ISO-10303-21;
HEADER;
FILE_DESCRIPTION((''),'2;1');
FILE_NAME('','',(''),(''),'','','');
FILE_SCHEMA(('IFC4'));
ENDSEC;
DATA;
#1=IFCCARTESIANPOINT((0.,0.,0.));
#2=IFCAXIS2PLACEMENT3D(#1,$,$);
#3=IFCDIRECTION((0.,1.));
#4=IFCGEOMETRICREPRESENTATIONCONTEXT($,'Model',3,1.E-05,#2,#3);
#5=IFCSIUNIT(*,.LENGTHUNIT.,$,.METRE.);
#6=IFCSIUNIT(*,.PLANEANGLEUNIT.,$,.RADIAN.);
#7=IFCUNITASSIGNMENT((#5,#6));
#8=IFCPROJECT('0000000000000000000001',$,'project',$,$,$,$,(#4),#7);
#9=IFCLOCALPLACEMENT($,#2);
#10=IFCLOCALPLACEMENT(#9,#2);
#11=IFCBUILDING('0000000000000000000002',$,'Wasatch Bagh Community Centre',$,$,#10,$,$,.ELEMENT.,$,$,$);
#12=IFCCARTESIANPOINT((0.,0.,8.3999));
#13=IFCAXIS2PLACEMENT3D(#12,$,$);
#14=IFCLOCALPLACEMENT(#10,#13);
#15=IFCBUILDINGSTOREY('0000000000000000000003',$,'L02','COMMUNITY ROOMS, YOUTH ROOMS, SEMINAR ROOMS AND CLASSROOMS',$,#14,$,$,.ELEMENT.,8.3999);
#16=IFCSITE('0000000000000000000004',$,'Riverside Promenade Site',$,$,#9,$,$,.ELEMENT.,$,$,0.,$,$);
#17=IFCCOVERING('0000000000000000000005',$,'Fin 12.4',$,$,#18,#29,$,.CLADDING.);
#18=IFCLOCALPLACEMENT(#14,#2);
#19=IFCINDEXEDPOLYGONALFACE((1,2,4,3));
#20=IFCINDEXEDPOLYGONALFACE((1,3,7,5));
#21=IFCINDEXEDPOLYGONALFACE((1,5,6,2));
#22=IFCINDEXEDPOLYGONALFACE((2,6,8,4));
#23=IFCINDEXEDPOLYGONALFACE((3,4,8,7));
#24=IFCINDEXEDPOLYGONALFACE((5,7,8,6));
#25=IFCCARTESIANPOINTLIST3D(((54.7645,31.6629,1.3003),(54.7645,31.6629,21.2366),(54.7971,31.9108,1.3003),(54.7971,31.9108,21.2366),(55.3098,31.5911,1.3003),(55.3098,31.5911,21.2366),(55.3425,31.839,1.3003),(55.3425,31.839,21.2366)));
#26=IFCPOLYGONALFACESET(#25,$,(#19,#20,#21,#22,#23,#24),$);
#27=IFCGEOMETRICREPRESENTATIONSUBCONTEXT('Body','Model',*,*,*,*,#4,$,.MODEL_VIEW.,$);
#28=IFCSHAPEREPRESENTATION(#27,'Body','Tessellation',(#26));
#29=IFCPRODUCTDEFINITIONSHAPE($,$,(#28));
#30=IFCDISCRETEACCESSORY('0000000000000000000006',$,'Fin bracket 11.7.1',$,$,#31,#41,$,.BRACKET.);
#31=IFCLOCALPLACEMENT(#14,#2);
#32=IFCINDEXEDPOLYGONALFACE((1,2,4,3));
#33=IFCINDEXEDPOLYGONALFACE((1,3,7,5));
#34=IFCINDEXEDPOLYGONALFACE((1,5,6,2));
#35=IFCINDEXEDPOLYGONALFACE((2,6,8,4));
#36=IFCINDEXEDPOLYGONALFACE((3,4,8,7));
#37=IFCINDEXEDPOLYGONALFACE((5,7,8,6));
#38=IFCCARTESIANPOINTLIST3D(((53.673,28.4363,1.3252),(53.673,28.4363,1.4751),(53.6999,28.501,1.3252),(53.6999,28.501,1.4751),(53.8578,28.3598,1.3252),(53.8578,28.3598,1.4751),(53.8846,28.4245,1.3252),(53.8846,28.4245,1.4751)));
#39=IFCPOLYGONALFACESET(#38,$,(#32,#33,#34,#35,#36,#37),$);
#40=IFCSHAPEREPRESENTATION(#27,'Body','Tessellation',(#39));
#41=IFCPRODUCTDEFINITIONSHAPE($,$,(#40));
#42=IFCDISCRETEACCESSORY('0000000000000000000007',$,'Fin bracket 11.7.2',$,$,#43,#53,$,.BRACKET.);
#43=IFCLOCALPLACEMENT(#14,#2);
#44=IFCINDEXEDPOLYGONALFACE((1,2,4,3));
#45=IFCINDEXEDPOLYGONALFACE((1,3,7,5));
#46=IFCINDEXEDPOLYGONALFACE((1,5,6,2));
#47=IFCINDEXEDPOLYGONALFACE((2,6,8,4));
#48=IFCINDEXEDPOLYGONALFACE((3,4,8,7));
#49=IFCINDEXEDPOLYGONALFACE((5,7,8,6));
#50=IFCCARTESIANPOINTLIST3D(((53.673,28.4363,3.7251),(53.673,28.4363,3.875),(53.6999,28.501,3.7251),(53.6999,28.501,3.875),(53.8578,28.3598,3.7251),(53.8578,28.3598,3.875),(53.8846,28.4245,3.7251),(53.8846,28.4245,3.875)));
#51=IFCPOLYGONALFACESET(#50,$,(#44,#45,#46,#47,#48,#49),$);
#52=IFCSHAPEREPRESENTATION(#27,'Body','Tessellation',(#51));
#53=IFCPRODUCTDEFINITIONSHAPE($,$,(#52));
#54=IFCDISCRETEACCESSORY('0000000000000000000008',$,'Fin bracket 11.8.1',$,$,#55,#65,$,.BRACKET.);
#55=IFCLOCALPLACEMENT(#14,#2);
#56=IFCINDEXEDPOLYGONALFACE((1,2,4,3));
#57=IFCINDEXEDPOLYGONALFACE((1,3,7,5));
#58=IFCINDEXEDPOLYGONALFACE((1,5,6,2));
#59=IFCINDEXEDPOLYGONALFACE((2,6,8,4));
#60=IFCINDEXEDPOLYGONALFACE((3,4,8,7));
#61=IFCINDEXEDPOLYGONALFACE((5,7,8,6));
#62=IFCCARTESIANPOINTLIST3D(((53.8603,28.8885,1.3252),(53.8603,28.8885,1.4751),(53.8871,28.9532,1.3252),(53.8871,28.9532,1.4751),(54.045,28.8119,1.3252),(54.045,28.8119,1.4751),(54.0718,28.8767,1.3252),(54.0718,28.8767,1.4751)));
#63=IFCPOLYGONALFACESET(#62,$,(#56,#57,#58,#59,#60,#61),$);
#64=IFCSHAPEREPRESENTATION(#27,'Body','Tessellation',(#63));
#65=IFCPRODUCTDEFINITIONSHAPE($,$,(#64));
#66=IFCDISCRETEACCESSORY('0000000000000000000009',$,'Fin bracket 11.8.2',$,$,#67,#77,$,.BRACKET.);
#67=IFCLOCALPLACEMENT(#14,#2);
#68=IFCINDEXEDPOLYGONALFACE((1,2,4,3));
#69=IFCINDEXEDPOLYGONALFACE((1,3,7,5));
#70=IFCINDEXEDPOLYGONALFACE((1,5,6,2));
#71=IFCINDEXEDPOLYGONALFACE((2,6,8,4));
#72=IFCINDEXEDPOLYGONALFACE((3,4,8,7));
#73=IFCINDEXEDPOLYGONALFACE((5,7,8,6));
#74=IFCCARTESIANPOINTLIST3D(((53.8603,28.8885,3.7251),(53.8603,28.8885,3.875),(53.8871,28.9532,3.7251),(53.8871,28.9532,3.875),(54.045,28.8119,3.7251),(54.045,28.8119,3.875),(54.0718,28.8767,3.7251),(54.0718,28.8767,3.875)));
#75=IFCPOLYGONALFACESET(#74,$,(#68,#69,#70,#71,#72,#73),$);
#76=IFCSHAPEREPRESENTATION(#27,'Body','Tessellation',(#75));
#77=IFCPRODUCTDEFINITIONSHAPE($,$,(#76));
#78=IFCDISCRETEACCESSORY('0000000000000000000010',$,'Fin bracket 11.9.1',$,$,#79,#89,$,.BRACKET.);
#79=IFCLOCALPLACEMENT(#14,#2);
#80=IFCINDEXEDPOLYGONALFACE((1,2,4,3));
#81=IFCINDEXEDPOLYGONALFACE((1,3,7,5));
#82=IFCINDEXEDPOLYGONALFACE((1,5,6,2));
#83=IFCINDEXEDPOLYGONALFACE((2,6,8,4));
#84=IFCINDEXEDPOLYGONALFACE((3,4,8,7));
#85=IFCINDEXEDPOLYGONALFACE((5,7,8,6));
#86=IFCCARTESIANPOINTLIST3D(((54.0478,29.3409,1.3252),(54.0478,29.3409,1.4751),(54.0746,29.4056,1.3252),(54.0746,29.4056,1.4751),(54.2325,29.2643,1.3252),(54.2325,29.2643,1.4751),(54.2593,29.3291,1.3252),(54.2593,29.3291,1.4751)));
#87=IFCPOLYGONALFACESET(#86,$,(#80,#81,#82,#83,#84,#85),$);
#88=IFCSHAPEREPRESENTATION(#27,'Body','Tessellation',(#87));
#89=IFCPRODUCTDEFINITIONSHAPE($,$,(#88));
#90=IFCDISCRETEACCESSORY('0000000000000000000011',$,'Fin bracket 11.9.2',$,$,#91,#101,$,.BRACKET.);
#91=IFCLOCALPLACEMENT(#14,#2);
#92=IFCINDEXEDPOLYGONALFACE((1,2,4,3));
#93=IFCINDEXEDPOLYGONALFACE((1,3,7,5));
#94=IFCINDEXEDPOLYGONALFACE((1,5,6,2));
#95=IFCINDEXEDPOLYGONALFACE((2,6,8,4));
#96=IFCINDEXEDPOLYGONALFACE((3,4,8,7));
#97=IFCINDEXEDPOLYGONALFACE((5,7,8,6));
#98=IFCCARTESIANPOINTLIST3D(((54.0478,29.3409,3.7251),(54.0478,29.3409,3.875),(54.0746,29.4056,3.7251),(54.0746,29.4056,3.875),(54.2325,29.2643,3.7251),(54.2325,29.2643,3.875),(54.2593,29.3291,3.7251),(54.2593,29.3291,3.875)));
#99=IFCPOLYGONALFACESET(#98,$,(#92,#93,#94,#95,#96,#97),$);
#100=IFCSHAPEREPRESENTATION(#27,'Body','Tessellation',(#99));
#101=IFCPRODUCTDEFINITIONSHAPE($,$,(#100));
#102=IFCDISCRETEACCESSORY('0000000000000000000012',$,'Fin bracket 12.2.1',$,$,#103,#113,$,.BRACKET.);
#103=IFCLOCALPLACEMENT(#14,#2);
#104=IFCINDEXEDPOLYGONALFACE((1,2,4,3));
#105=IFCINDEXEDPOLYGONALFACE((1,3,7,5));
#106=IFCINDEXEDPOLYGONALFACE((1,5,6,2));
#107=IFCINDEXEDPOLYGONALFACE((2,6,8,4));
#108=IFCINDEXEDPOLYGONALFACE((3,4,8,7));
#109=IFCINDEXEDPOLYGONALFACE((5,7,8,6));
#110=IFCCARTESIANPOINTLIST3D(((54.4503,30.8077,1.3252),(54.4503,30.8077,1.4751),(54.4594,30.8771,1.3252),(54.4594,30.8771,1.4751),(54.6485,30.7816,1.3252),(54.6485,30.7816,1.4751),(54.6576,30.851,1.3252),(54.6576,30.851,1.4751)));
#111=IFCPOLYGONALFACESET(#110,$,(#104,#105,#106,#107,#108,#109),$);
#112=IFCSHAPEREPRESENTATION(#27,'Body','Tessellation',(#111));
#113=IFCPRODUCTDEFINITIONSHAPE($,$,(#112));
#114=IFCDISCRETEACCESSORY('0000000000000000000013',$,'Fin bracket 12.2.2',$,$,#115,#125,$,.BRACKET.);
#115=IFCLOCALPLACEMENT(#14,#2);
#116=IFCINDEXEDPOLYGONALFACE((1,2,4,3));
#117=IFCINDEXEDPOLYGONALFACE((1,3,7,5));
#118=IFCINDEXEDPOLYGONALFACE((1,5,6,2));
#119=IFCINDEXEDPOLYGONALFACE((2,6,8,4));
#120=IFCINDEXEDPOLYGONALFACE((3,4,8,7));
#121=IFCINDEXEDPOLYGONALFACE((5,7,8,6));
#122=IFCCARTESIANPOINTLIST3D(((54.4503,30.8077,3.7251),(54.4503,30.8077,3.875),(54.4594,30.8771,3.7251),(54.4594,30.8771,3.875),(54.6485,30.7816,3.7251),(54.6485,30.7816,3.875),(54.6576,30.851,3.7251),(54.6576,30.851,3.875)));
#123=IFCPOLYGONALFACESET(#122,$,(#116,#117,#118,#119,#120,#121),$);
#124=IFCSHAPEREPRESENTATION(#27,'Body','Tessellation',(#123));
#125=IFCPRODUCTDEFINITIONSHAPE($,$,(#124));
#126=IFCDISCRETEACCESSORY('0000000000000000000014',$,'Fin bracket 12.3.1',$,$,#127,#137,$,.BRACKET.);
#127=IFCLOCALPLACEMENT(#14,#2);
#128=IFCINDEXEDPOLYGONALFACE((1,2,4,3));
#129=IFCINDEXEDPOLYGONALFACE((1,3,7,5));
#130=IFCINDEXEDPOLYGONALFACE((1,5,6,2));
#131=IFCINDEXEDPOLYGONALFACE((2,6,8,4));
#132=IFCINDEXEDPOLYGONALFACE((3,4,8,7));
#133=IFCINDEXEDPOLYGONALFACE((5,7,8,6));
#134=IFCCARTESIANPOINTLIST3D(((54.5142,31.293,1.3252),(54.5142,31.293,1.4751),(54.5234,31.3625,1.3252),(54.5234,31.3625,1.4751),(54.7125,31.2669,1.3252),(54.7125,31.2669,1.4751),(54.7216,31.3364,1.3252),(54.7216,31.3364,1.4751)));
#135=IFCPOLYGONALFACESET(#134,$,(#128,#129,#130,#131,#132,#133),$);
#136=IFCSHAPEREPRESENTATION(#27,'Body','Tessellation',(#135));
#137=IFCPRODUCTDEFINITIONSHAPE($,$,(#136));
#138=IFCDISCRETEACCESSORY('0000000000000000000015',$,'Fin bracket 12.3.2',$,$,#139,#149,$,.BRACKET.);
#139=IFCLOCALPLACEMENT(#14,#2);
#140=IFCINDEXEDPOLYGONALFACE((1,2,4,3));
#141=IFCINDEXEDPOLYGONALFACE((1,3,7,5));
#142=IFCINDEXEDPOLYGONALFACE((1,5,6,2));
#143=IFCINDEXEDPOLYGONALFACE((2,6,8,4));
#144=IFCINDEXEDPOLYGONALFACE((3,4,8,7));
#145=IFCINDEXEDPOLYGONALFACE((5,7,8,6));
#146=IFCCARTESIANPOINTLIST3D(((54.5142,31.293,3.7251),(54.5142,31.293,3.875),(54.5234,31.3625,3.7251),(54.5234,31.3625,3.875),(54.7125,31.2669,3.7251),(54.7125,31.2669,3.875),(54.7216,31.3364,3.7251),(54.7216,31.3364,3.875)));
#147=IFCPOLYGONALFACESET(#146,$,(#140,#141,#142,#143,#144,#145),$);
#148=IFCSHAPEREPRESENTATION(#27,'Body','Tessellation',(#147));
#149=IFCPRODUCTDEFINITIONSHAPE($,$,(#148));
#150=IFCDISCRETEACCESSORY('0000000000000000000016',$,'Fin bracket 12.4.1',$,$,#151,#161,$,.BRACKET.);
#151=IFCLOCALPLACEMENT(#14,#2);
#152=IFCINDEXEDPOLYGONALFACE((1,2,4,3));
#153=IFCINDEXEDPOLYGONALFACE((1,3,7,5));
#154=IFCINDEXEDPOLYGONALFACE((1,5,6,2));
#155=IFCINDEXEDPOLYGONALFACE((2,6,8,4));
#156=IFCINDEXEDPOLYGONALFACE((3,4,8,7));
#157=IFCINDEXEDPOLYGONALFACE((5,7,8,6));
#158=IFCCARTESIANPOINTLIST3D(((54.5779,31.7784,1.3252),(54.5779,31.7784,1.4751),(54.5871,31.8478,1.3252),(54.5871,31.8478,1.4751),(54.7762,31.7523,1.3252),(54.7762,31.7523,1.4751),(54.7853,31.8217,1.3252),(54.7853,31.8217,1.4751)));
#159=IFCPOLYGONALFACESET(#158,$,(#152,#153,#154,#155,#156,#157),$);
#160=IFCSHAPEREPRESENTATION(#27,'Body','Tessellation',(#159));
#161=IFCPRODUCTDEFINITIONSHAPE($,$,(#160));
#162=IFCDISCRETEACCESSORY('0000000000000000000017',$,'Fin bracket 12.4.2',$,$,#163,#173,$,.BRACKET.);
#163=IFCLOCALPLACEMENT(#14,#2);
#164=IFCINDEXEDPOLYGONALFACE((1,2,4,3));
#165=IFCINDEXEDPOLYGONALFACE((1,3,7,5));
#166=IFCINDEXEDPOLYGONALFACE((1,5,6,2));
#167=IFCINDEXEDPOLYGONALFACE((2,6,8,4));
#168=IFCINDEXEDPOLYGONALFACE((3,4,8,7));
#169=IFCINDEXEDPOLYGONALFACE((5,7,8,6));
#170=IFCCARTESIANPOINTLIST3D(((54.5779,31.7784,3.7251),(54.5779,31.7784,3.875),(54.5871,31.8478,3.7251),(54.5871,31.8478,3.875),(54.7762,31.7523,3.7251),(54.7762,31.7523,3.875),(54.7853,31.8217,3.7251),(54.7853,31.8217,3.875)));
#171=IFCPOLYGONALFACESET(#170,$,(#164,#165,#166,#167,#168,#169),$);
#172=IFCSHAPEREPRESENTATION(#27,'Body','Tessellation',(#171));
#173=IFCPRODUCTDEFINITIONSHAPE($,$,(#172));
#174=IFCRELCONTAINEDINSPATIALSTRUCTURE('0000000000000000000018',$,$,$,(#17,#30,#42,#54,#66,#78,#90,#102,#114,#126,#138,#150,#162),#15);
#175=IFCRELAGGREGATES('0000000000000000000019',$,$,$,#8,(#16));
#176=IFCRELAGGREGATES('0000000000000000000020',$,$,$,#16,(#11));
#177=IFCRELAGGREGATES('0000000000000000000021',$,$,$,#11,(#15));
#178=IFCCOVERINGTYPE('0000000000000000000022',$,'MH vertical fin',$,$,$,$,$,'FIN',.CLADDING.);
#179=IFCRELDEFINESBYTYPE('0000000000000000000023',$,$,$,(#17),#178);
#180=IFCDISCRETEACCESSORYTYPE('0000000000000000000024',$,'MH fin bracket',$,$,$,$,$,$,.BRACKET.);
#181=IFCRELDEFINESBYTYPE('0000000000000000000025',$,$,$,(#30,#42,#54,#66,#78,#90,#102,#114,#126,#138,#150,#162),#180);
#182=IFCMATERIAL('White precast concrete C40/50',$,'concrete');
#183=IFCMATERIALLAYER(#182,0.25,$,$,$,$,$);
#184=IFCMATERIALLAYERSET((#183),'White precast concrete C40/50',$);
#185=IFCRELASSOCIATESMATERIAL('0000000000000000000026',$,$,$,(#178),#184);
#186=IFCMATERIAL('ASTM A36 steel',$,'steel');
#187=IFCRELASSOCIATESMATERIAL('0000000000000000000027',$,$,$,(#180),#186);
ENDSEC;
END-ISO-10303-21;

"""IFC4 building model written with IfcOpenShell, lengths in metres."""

from ifc_helpers import new_model, si_unit, direction, frame, origin, origin_2d, place, context, subcontext, project, spatial, rectangle, extrude, material, layer, layer_set, type_object, element, save


model = new_model("IFC4")

# Units and contexts
model_context = context("Model", 3, precision=1e-05, world=origin(), true_north=direction((0.0, 1.0)))
body_context = subcontext(model_context, "Body", "Model", "MODEL_VIEW")
ifc_project = project(units=[si_unit("LENGTHUNIT", "METRE"), si_unit("PLANEANGLEUNIT", "RADIAN")], contexts=[model_context])

# Site, building, storey
site_placement = place(None, origin())
site = spatial("IfcSite", under=ifc_project, at=site_placement, Name="Riverside Promenade Site", CompositionType="ELEMENT", RefElevation=0.0)
building_placement = place(site_placement, origin())
building = spatial("IfcBuilding", under=site, at=building_placement, Name="Wasatch Bagh Community Centre", CompositionType="ELEMENT")
storey_placement = place(building_placement, frame((0.0, 0.0, 8.3999)))
storey = spatial("IfcBuildingStorey", under=building, at=storey_placement, Name="L02", Description="COMMUNITY ROOMS, YOUTH ROOMS, SEMINAR ROOMS AND CLASSROOMS", CompositionType="ELEMENT", Elevation=8.3999)

# Covering
ifc_material_1 = material(Name="White precast concrete C40/50", Category="concrete")
ifc_layer_1 = layer(ifc_material_1, 0.25)
ifc_layer_set_1 = layer_set([ifc_layer_1], Name="White precast concrete C40/50")
covering_type_1 = type_object("IfcCoveringType", Name="MH vertical fin", ElementType="FIN", PredefinedType="CLADDING", material=ifc_layer_set_1)
covering_1_placement = place(storey_placement, frame((55.0535, 31.751, 1.3003), z_axis=(0.0, 0.0, 1.0), x_axis=(0.130526, 0.991445, 0.0)))
element("IfcCovering", 1, at=covering_1_placement, inside=storey, type_object=covering_type_1, Name="Fin 12.4", PredefinedType="CLADDING", context=body_context, shape_type="SweptSolid", body=[
    extrude(rectangle(XDim=0.25, YDim=0.55, at=origin_2d()), origin(), (0.0, 0.0, 1.0), 19.9363),
])

# Discrete accessories
ifc_material_2 = material(Name="ASTM A36 steel", Category="steel")
discrete_accessory_type = type_object("IfcDiscreteAccessoryType", Name="MH fin bracket", PredefinedType="BRACKET", material=ifc_material_2)
for number, where, z_axis, x_axis, name in (
    (2, (53.7788, 28.4304, 1.3252), (0.0, 0.0, 1.0), (0.382683, 0.92388, 0.0), "Fin bracket 11.7.1"),
    (3, (53.7788, 28.4304, 3.7251), (0.0, 0.0, 1.0), (0.382683, 0.92388, 0.0), "Fin bracket 11.7.2"),
    (4, (53.9661, 28.8826, 1.3252), (0.0, 0.0, 1.0), (0.382683, 0.92388, 0.0), "Fin bracket 11.8.1"),
    (5, (53.9661, 28.8826, 3.7251), (0.0, 0.0, 1.0), (0.382683, 0.92388, 0.0), "Fin bracket 11.8.2"),
    (6, (54.1536, 29.335, 1.3252), (0.0, 0.0, 1.0), (0.382683, 0.92388, 0.0), "Fin bracket 11.9.1"),
    (7, (54.1536, 29.335, 3.7251), (0.0, 0.0, 1.0), (0.382683, 0.92388, 0.0), "Fin bracket 11.9.2"),
    (8, (54.554, 30.8293, 1.3252), (0.0, 0.0, 1.0), (0.130526, 0.991445, 0.0), "Fin bracket 12.2.1"),
    (9, (54.554, 30.8293, 3.7251), (0.0, 0.0, 1.0), (0.130526, 0.991445, 0.0), "Fin bracket 12.2.2"),
    (10, (54.6179, 31.3147, 1.3252), (0.0, 0.0, 1.0), (0.130526, 0.991445, 0.0), "Fin bracket 12.3.1"),
    (11, (54.6179, 31.3147, 3.7251), (0.0, 0.0, 1.0), (0.130526, 0.991445, 0.0), "Fin bracket 12.3.2"),
    (12, (54.6816, 31.8, 1.3252), (0.0, 0.0, 1.0), (0.130526, 0.991445, 0.0), "Fin bracket 12.4.1"),
    (13, (54.6816, 31.8, 3.7251), (0.0, 0.0, 1.0), (0.130526, 0.991445, 0.0), "Fin bracket 12.4.2"),
):
    element("IfcDiscreteAccessory", number, at=place(storey_placement, frame(where, z_axis=z_axis, x_axis=x_axis)), inside=storey, type_object=discrete_accessory_type, Name=name, PredefinedType="BRACKET", context=body_context, shape_type="SweptSolid", body=[
        extrude(rectangle(XDim=0.0701, YDim=0.2, at=origin_2d()), origin(), (0.0, 0.0, 1.0), 0.1499),
    ])

save(model, "model.ifc")
